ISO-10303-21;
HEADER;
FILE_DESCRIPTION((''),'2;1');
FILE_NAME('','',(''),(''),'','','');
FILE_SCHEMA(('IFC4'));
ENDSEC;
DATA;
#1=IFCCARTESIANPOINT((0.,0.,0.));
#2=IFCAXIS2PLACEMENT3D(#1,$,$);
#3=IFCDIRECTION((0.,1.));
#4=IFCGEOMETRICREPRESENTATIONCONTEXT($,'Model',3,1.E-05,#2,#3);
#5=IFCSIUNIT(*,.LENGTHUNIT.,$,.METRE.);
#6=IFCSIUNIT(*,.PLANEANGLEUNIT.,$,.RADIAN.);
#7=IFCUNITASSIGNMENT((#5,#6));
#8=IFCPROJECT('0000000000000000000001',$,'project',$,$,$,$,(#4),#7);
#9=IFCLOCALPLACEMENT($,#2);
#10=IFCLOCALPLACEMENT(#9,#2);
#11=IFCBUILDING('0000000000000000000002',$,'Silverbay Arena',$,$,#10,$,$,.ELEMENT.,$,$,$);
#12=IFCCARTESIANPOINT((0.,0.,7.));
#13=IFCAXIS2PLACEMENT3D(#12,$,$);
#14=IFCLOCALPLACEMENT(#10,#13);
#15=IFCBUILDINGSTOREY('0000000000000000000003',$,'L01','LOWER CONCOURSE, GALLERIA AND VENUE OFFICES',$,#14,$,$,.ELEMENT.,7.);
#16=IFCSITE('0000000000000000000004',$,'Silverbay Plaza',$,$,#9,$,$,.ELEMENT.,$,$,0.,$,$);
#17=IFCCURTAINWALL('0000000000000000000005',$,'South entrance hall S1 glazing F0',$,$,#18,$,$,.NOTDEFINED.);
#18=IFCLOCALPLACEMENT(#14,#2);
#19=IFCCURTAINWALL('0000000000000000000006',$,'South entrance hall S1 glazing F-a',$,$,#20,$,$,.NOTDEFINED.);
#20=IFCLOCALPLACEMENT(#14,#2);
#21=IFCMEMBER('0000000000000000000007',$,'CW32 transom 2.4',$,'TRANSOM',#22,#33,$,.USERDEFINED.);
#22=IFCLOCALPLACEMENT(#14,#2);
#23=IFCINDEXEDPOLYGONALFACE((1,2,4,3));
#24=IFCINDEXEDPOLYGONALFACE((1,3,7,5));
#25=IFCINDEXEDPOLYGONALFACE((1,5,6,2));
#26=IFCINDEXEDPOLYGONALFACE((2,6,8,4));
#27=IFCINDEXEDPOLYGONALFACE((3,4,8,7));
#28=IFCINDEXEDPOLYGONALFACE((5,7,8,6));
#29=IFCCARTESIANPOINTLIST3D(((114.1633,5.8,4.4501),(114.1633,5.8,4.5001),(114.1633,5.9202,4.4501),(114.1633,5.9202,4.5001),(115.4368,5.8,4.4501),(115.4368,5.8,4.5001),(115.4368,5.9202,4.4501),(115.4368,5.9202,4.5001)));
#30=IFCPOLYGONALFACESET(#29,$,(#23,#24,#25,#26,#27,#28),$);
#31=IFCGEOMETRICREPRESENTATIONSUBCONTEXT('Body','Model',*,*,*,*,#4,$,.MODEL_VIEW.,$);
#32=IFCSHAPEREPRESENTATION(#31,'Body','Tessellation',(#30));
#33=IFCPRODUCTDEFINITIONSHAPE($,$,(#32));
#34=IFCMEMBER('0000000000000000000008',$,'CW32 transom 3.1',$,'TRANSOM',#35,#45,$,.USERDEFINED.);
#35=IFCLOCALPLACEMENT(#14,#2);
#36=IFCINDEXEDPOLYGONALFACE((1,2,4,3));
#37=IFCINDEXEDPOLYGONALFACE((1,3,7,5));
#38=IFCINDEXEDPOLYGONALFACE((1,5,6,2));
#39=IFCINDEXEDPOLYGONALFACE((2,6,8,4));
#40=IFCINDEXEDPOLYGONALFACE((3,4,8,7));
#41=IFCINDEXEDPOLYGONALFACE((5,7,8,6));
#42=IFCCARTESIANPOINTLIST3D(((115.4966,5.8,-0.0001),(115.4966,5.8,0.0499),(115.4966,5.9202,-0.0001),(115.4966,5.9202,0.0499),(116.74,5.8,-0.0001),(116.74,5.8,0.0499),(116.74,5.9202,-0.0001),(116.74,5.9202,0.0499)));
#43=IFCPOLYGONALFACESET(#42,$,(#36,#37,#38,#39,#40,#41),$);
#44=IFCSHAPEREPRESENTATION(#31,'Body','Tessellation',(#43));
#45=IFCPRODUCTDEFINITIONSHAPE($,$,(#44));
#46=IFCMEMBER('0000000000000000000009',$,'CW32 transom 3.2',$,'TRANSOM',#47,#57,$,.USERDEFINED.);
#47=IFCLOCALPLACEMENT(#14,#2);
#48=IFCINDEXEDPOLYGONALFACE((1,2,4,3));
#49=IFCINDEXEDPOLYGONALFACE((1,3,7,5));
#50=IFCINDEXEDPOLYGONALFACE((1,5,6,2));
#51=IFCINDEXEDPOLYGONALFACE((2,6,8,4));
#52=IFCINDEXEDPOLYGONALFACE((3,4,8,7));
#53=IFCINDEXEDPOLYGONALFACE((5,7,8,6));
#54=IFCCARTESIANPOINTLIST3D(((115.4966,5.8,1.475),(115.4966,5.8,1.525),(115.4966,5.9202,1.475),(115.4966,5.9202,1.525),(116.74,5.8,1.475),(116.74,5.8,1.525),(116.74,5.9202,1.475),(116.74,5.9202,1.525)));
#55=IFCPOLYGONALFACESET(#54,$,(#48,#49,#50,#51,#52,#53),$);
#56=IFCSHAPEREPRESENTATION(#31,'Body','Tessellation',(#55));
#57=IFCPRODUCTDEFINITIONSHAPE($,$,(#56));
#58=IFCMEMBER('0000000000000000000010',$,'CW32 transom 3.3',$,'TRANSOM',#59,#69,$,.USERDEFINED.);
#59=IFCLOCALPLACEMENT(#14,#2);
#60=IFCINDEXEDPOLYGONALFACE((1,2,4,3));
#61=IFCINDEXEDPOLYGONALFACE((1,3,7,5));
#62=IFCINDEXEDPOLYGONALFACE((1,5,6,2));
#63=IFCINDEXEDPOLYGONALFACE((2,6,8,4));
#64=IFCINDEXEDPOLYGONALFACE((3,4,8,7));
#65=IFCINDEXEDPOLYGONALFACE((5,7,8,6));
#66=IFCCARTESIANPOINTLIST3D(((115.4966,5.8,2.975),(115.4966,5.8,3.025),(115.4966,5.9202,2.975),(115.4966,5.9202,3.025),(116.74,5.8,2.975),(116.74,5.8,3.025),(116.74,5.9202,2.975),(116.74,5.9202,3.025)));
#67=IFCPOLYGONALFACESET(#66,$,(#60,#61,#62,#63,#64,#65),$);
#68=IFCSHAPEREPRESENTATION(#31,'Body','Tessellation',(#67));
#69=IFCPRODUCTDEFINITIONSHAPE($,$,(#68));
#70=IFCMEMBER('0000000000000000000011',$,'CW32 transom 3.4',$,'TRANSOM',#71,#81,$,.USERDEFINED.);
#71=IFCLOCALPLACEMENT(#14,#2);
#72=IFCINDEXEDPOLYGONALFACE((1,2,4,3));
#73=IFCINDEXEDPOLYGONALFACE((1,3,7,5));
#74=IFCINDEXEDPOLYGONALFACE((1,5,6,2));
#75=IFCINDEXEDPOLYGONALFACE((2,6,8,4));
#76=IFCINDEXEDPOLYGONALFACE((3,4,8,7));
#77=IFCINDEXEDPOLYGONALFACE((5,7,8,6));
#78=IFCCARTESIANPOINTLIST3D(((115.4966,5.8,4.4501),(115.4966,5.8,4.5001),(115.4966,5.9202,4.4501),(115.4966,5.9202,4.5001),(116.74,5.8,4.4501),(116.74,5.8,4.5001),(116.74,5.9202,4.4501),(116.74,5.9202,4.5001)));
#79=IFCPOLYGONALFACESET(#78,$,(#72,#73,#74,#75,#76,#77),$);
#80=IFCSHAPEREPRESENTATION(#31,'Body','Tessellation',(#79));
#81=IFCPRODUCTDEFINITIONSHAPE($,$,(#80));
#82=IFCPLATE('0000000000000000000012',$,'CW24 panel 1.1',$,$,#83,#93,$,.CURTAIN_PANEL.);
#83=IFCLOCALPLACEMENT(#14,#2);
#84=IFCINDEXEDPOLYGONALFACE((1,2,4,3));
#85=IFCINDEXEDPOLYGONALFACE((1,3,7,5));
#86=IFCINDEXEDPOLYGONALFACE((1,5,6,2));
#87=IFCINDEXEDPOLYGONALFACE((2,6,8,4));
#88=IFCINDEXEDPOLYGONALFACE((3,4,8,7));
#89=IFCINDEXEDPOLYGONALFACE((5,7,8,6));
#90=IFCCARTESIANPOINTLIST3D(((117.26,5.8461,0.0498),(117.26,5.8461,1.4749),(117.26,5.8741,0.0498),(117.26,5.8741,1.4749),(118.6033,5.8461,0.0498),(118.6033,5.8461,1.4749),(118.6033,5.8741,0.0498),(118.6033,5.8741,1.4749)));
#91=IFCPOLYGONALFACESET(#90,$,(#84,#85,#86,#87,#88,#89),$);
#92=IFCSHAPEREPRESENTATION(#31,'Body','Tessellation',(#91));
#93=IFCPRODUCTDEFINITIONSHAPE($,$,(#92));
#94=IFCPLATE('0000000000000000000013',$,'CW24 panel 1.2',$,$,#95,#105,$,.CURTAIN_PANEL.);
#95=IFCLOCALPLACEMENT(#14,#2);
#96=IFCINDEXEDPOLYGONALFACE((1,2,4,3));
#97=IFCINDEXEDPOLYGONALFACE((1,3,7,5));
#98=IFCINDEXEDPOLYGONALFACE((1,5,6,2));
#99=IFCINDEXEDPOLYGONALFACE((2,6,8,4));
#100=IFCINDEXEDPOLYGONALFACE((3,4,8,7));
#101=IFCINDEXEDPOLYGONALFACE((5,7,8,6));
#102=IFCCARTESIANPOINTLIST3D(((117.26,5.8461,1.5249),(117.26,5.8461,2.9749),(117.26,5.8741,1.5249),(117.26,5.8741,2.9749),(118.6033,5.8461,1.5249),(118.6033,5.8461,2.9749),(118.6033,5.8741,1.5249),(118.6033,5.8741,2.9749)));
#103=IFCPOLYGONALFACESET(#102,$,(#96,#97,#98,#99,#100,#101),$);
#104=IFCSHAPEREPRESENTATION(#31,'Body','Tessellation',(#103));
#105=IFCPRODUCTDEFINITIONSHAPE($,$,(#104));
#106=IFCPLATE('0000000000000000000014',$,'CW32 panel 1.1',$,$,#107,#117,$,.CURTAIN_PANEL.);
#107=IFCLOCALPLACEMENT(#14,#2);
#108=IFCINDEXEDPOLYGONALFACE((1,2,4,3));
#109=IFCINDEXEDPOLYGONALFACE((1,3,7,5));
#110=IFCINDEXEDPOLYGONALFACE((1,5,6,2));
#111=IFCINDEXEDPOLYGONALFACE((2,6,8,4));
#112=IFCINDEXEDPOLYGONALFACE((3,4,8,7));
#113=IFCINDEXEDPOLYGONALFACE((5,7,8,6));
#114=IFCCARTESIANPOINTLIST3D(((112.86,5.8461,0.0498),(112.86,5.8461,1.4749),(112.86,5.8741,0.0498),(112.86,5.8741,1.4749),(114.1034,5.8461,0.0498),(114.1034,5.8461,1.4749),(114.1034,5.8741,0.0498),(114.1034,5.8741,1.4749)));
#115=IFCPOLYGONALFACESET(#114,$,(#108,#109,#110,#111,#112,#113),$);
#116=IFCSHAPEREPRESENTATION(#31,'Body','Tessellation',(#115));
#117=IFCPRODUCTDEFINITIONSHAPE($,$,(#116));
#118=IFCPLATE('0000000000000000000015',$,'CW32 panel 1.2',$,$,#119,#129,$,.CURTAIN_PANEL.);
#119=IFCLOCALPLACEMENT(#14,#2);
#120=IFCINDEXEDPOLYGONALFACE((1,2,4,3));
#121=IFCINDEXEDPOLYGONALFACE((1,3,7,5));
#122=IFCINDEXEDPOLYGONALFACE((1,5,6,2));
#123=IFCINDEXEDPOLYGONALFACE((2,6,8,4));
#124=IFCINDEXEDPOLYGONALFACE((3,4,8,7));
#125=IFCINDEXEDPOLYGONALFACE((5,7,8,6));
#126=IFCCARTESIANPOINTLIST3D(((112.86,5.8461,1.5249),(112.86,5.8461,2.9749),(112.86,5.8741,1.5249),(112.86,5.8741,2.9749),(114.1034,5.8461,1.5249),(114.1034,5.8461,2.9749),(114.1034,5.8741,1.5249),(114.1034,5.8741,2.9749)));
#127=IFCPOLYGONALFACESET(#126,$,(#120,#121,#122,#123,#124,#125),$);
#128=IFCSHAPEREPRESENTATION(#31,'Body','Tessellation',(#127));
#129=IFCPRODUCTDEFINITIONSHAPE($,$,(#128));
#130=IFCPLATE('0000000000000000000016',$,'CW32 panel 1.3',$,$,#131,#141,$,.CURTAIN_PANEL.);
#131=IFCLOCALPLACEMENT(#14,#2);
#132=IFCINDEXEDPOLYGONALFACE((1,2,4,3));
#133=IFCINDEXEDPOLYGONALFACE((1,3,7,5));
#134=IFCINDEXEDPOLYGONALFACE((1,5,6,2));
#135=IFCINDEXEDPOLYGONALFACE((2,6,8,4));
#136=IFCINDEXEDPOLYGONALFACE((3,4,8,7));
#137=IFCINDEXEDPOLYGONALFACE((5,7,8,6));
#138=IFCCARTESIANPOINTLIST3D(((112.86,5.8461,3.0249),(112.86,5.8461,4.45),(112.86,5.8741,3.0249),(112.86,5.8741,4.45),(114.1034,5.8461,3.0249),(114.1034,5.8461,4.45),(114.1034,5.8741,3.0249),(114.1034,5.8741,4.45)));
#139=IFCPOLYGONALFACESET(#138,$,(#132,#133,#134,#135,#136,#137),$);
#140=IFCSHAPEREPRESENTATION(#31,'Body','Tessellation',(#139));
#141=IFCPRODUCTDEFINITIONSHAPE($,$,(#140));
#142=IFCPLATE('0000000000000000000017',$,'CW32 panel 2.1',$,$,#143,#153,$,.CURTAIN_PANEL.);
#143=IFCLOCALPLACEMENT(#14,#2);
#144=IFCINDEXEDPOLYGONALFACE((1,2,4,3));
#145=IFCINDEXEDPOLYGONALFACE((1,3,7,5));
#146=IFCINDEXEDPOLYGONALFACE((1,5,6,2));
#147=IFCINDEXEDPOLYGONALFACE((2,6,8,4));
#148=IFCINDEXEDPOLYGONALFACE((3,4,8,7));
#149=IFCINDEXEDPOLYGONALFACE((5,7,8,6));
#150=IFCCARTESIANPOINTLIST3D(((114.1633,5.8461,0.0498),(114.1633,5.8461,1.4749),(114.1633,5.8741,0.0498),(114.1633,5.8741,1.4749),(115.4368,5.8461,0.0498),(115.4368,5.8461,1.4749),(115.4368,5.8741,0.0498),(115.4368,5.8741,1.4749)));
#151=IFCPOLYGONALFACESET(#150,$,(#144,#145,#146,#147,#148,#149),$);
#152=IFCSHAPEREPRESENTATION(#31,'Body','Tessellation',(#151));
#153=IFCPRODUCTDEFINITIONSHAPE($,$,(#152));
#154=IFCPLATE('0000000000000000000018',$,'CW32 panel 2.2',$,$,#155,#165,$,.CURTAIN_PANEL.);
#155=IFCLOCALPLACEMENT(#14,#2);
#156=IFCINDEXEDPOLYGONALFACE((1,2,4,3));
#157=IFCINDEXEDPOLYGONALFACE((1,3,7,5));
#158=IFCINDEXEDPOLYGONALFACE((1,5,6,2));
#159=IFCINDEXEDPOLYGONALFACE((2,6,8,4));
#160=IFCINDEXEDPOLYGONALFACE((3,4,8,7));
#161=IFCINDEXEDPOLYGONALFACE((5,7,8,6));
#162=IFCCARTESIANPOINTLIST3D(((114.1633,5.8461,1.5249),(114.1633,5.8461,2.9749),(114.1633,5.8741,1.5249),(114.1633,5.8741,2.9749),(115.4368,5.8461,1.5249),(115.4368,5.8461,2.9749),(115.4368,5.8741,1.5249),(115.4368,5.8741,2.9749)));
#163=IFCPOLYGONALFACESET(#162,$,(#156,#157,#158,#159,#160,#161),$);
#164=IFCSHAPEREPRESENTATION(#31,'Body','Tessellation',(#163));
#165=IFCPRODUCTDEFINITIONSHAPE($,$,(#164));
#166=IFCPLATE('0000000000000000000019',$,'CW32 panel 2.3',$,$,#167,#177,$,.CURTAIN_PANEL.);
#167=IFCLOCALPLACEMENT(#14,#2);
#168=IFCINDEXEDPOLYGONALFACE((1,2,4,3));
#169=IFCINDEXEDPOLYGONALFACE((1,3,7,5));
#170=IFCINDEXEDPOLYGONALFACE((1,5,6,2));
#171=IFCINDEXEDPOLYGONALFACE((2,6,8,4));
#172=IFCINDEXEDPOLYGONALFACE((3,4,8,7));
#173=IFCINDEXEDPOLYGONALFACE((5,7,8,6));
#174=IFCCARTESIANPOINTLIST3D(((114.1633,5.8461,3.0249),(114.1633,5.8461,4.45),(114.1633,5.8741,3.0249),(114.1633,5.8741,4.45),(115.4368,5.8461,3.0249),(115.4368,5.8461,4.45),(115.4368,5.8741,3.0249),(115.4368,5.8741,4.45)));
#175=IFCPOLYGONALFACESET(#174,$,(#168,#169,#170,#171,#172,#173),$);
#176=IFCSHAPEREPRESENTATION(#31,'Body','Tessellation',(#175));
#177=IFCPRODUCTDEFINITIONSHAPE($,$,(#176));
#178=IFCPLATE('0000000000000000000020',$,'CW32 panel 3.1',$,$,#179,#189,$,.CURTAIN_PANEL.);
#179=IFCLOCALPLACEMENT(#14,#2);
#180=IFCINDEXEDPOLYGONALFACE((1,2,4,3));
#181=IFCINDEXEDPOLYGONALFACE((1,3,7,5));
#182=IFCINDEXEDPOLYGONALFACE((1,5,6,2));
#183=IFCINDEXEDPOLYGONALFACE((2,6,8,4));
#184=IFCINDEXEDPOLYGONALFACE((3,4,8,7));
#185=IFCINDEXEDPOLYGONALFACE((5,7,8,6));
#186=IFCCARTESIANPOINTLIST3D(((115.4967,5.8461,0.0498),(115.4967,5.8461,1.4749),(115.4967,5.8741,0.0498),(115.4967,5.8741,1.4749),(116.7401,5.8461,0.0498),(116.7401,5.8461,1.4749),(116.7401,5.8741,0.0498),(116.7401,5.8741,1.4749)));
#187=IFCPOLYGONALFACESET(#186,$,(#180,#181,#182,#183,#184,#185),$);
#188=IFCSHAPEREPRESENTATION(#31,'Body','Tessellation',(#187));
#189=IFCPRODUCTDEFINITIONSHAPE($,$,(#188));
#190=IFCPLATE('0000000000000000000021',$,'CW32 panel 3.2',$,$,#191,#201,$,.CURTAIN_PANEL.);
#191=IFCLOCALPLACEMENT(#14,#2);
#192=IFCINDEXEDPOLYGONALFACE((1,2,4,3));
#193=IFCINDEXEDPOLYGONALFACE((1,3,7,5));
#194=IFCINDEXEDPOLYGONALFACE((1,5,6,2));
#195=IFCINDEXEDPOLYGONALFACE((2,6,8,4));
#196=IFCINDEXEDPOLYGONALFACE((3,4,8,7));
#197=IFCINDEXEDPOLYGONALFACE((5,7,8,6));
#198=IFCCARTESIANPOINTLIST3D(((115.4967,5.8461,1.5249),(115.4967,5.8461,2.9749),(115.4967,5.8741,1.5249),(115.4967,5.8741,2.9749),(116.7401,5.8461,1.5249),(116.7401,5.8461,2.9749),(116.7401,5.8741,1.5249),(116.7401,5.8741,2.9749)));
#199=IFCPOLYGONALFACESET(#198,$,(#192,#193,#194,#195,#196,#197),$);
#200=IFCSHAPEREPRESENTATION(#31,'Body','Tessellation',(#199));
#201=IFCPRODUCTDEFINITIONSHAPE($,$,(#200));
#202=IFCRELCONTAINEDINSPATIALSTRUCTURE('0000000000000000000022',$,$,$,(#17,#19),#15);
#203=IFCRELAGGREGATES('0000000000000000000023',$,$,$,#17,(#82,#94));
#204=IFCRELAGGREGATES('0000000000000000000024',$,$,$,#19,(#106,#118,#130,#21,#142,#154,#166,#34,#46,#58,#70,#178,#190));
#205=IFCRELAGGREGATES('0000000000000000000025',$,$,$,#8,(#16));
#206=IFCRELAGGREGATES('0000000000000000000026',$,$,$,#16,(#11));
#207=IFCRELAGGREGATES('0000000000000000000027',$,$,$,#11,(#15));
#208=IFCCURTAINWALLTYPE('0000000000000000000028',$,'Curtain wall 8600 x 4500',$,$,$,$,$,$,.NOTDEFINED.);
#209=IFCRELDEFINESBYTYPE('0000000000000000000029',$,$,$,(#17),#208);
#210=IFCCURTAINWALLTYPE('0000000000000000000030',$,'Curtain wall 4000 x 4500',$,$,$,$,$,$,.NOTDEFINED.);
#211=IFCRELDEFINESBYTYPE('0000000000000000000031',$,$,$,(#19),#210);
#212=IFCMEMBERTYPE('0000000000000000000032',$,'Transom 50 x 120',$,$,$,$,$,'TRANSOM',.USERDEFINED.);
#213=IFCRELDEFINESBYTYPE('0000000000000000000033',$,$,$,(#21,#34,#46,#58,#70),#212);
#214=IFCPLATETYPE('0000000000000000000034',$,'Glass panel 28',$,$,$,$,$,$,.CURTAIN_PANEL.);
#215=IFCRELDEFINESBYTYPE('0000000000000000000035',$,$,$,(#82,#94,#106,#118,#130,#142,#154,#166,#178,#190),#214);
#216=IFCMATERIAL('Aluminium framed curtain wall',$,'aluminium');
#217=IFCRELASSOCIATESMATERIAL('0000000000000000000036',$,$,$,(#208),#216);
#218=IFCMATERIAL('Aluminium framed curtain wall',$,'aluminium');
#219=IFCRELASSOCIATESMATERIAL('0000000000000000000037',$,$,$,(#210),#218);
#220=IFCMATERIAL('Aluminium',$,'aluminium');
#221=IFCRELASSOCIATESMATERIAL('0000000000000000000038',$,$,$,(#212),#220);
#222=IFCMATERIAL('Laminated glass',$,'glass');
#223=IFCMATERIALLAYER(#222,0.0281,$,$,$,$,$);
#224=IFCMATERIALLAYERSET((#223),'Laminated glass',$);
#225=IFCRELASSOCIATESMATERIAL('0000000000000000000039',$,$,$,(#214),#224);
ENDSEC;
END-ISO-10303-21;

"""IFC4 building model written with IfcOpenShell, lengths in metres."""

from ifc_helpers import new_model, si_unit, direction, frame, origin, origin_2d, place, context, subcontext, project, spatial, rectangle, extrude, material, layer, layer_set, material_profile, profile_set, type_object, element, aggregate, save


model = new_model("IFC4")

# Units and contexts
model_context = context("Model", 3, precision=1e-05, world=origin(), true_north=direction((0.0, 1.0)))
body_context = subcontext(model_context, "Body", "Model", "MODEL_VIEW")
ifc_project = project(units=[si_unit("LENGTHUNIT", "METRE"), si_unit("PLANEANGLEUNIT", "RADIAN")], contexts=[model_context])

# Site, building, storey
site_placement = place(None, origin())
site = spatial("IfcSite", under=ifc_project, at=site_placement, Name="Silverbay Plaza", CompositionType="ELEMENT", RefElevation=0.0)
building_placement = place(site_placement, origin())
building = spatial("IfcBuilding", under=site, at=building_placement, Name="Silverbay Arena", CompositionType="ELEMENT")
storey_placement = place(building_placement, frame((0.0, 0.0, 7.0)))
storey = spatial("IfcBuildingStorey", under=building, at=storey_placement, Name="L01", Description="LOWER CONCOURSE, GALLERIA AND VENUE OFFICES", CompositionType="ELEMENT", Elevation=7.0)

# Curtain wall
ifc_material_1 = material(Name="Aluminium framed curtain wall", Category="aluminium")
curtain_wall_type_1 = type_object("IfcCurtainWallType", Name="Curtain wall 8600 x 4500", PredefinedType="NOTDEFINED", material=ifc_material_1)
curtain_wall_1_placement = place(storey_placement, origin())
curtain_wall_1 = element("IfcCurtainWall", 1, at=curtain_wall_1_placement, inside=storey, type_object=curtain_wall_type_1, Name="South entrance hall S1 glazing F0", PredefinedType="NOTDEFINED")

# Curtain wall
ifc_material_2 = material(Name="Aluminium framed curtain wall", Category="aluminium")
curtain_wall_type_2 = type_object("IfcCurtainWallType", Name="Curtain wall 4000 x 4500", PredefinedType="NOTDEFINED", material=ifc_material_2)
curtain_wall_2_placement = place(storey_placement, origin())
curtain_wall_2 = element("IfcCurtainWall", 2, at=curtain_wall_2_placement, inside=storey, type_object=curtain_wall_type_2, Name="South entrance hall S1 glazing F-a", PredefinedType="NOTDEFINED")

# Members
ifc_material_3 = material(Name="Aluminium", Category="aluminium")
ifc_material_profile_1 = material_profile(ifc_material_3, rectangle(XDim=0.1201, YDim=0.05, at=origin_2d()), Name="Transom 50 x 120")
ifc_profile_set_1 = profile_set([ifc_material_profile_1], Name="Aluminium")
member_type_1 = type_object("IfcMemberType", Name="Transom 50 x 120", ElementType="TRANSOM", PredefinedType="USERDEFINED", material=ifc_profile_set_1)
member_1_placement = place(storey_placement, frame((114.1633, 5.8601, 4.4751), z_axis=(1.0, 0.0, 0.0), x_axis=(0.0, 1.0, 0.0)))
member_1 = element("IfcMember", 3, at=member_1_placement, type_object=member_type_1, Name="CW32 transom 2.4", ObjectType="TRANSOM", PredefinedType="USERDEFINED", context=body_context, shape_type="SweptSolid", body=[
    extrude(rectangle(XDim=0.1201, YDim=0.05, at=origin_2d()), origin(), (0.0, 0.0, 1.0), 1.2734),
])
member_2_placement = place(storey_placement, frame((115.4966, 5.8601, 0.0249), z_axis=(1.0, 0.0, 0.0), x_axis=(0.0, 1.0, 0.0)))
member_2 = element("IfcMember", 4, at=member_2_placement, type_object=member_type_1, Name="CW32 transom 3.1", ObjectType="TRANSOM", PredefinedType="USERDEFINED", context=body_context, shape_type="SweptSolid", body=[
    extrude(rectangle(XDim=0.1201, YDim=0.05, at=origin_2d()), origin(), (0.0, 0.0, 1.0), 1.2434),
])
member_3_placement = place(storey_placement, frame((115.4966, 5.8601, 1.5), z_axis=(1.0, 0.0, 0.0), x_axis=(0.0, 1.0, 0.0)))
member_3 = element("IfcMember", 5, at=member_3_placement, type_object=member_type_1, Name="CW32 transom 3.2", ObjectType="TRANSOM", PredefinedType="USERDEFINED", context=body_context, shape_type="SweptSolid", body=[
    extrude(rectangle(XDim=0.1201, YDim=0.05, at=origin_2d()), origin(), (0.0, 0.0, 1.0), 1.2434),
])
member_4_placement = place(storey_placement, frame((115.4966, 5.8601, 3.0), z_axis=(1.0, 0.0, 0.0), x_axis=(0.0, 1.0, 0.0)))
member_4 = element("IfcMember", 6, at=member_4_placement, type_object=member_type_1, Name="CW32 transom 3.3", ObjectType="TRANSOM", PredefinedType="USERDEFINED", context=body_context, shape_type="SweptSolid", body=[
    extrude(rectangle(XDim=0.1201, YDim=0.05, at=origin_2d()), origin(), (0.0, 0.0, 1.0), 1.2434),
])
member_5_placement = place(storey_placement, frame((115.4966, 5.8601, 4.4751), z_axis=(1.0, 0.0, 0.0), x_axis=(0.0, 1.0, 0.0)))
member_5 = element("IfcMember", 7, at=member_5_placement, type_object=member_type_1, Name="CW32 transom 3.4", ObjectType="TRANSOM", PredefinedType="USERDEFINED", context=body_context, shape_type="SweptSolid", body=[
    extrude(rectangle(XDim=0.1201, YDim=0.05, at=origin_2d()), origin(), (0.0, 0.0, 1.0), 1.2434),
])

# Plates
ifc_material_4 = material(Name="Laminated glass", Category="glass")
ifc_layer = layer(ifc_material_4, 0.0281)
ifc_layer_set = layer_set([ifc_layer], Name="Laminated glass")
plate_type = type_object("IfcPlateType", Name="Glass panel 28", PredefinedType="CURTAIN_PANEL", material=ifc_layer_set)
plate_1_placement = place(storey_placement, frame((117.9316, 5.8601, 0.0498), z_axis=(0.0, 0.0, 1.0), x_axis=(1.0, 0.0, 0.0)))
plate_1 = element("IfcPlate", 8, at=plate_1_placement, type_object=plate_type, Name="CW24 panel 1.1", PredefinedType="CURTAIN_PANEL", context=body_context, shape_type="SweptSolid", body=[
    extrude(rectangle(XDim=1.3433, YDim=0.0281, at=origin_2d()), origin(), (0.0, 0.0, 1.0), 1.425),
])
plate_2_placement = place(storey_placement, frame((117.9316, 5.8601, 1.5249), z_axis=(0.0, 0.0, 1.0), x_axis=(1.0, 0.0, 0.0)))
plate_2 = element("IfcPlate", 9, at=plate_2_placement, type_object=plate_type, Name="CW24 panel 1.2", PredefinedType="CURTAIN_PANEL", context=body_context, shape_type="SweptSolid", body=[
    extrude(rectangle(XDim=1.3433, YDim=0.0281, at=origin_2d()), origin(), (0.0, 0.0, 1.0), 1.45),
])
aggregate(curtain_wall_1, [plate_1, plate_2])
plate_3_placement = place(storey_placement, frame((113.4817, 5.8601, 0.0498), z_axis=(0.0, 0.0, 1.0), x_axis=(1.0, 0.0, 0.0)))
plate_3 = element("IfcPlate", 10, at=plate_3_placement, type_object=plate_type, Name="CW32 panel 1.1", PredefinedType="CURTAIN_PANEL", context=body_context, shape_type="SweptSolid", body=[
    extrude(rectangle(XDim=1.2434, YDim=0.0281, at=origin_2d()), origin(), (0.0, 0.0, 1.0), 1.425),
])
plate_4_placement = place(storey_placement, frame((113.4817, 5.8601, 1.5249), z_axis=(0.0, 0.0, 1.0), x_axis=(1.0, 0.0, 0.0)))
plate_4 = element("IfcPlate", 11, at=plate_4_placement, type_object=plate_type, Name="CW32 panel 1.2", PredefinedType="CURTAIN_PANEL", context=body_context, shape_type="SweptSolid", body=[
    extrude(rectangle(XDim=1.2434, YDim=0.0281, at=origin_2d()), origin(), (0.0, 0.0, 1.0), 1.45),
])
plate_5_placement = place(storey_placement, frame((113.4817, 5.8601, 3.0249), z_axis=(0.0, 0.0, 1.0), x_axis=(1.0, 0.0, 0.0)))
plate_5 = element("IfcPlate", 12, at=plate_5_placement, type_object=plate_type, Name="CW32 panel 1.3", PredefinedType="CURTAIN_PANEL", context=body_context, shape_type="SweptSolid", body=[
    extrude(rectangle(XDim=1.2434, YDim=0.0281, at=origin_2d()), origin(), (0.0, 0.0, 1.0), 1.425),
])
plate_6_placement = place(storey_placement, frame((114.8, 5.8601, 0.0498), z_axis=(0.0, 0.0, 1.0), x_axis=(1.0, 0.0, 0.0)))
plate_6 = element("IfcPlate", 13, at=plate_6_placement, type_object=plate_type, Name="CW32 panel 2.1", PredefinedType="CURTAIN_PANEL", context=body_context, shape_type="SweptSolid", body=[
    extrude(rectangle(XDim=1.2734, YDim=0.0281, at=origin_2d()), origin(), (0.0, 0.0, 1.0), 1.425),
])
plate_7_placement = place(storey_placement, frame((114.8, 5.8601, 1.5249), z_axis=(0.0, 0.0, 1.0), x_axis=(1.0, 0.0, 0.0)))
plate_7 = element("IfcPlate", 14, at=plate_7_placement, type_object=plate_type, Name="CW32 panel 2.2", PredefinedType="CURTAIN_PANEL", context=body_context, shape_type="SweptSolid", body=[
    extrude(rectangle(XDim=1.2734, YDim=0.0281, at=origin_2d()), origin(), (0.0, 0.0, 1.0), 1.45),
])
plate_8_placement = place(storey_placement, frame((114.8, 5.8601, 3.0249), z_axis=(0.0, 0.0, 1.0), x_axis=(1.0, 0.0, 0.0)))
plate_8 = element("IfcPlate", 15, at=plate_8_placement, type_object=plate_type, Name="CW32 panel 2.3", PredefinedType="CURTAIN_PANEL", context=body_context, shape_type="SweptSolid", body=[
    extrude(rectangle(XDim=1.2734, YDim=0.0281, at=origin_2d()), origin(), (0.0, 0.0, 1.0), 1.425),
])
plate_9_placement = place(storey_placement, frame((116.1184, 5.8601, 0.0498), z_axis=(0.0, 0.0, 1.0), x_axis=(1.0, 0.0, 0.0)))
plate_9 = element("IfcPlate", 16, at=plate_9_placement, type_object=plate_type, Name="CW32 panel 3.1", PredefinedType="CURTAIN_PANEL", context=body_context, shape_type="SweptSolid", body=[
    extrude(rectangle(XDim=1.2434, YDim=0.0281, at=origin_2d()), origin(), (0.0, 0.0, 1.0), 1.425),
])
plate_10_placement = place(storey_placement, frame((116.1184, 5.8601, 1.5249), z_axis=(0.0, 0.0, 1.0), x_axis=(1.0, 0.0, 0.0)))
plate_10 = element("IfcPlate", 17, at=plate_10_placement, type_object=plate_type, Name="CW32 panel 3.2", PredefinedType="CURTAIN_PANEL", context=body_context, shape_type="SweptSolid", body=[
    extrude(rectangle(XDim=1.2434, YDim=0.0281, at=origin_2d()), origin(), (0.0, 0.0, 1.0), 1.45),
])
aggregate(curtain_wall_2, [plate_3, plate_4, plate_5, member_1, plate_6, plate_7, plate_8, member_2, member_3, member_4, member_5, plate_9, plate_10])

save(model, "model.ifc")
